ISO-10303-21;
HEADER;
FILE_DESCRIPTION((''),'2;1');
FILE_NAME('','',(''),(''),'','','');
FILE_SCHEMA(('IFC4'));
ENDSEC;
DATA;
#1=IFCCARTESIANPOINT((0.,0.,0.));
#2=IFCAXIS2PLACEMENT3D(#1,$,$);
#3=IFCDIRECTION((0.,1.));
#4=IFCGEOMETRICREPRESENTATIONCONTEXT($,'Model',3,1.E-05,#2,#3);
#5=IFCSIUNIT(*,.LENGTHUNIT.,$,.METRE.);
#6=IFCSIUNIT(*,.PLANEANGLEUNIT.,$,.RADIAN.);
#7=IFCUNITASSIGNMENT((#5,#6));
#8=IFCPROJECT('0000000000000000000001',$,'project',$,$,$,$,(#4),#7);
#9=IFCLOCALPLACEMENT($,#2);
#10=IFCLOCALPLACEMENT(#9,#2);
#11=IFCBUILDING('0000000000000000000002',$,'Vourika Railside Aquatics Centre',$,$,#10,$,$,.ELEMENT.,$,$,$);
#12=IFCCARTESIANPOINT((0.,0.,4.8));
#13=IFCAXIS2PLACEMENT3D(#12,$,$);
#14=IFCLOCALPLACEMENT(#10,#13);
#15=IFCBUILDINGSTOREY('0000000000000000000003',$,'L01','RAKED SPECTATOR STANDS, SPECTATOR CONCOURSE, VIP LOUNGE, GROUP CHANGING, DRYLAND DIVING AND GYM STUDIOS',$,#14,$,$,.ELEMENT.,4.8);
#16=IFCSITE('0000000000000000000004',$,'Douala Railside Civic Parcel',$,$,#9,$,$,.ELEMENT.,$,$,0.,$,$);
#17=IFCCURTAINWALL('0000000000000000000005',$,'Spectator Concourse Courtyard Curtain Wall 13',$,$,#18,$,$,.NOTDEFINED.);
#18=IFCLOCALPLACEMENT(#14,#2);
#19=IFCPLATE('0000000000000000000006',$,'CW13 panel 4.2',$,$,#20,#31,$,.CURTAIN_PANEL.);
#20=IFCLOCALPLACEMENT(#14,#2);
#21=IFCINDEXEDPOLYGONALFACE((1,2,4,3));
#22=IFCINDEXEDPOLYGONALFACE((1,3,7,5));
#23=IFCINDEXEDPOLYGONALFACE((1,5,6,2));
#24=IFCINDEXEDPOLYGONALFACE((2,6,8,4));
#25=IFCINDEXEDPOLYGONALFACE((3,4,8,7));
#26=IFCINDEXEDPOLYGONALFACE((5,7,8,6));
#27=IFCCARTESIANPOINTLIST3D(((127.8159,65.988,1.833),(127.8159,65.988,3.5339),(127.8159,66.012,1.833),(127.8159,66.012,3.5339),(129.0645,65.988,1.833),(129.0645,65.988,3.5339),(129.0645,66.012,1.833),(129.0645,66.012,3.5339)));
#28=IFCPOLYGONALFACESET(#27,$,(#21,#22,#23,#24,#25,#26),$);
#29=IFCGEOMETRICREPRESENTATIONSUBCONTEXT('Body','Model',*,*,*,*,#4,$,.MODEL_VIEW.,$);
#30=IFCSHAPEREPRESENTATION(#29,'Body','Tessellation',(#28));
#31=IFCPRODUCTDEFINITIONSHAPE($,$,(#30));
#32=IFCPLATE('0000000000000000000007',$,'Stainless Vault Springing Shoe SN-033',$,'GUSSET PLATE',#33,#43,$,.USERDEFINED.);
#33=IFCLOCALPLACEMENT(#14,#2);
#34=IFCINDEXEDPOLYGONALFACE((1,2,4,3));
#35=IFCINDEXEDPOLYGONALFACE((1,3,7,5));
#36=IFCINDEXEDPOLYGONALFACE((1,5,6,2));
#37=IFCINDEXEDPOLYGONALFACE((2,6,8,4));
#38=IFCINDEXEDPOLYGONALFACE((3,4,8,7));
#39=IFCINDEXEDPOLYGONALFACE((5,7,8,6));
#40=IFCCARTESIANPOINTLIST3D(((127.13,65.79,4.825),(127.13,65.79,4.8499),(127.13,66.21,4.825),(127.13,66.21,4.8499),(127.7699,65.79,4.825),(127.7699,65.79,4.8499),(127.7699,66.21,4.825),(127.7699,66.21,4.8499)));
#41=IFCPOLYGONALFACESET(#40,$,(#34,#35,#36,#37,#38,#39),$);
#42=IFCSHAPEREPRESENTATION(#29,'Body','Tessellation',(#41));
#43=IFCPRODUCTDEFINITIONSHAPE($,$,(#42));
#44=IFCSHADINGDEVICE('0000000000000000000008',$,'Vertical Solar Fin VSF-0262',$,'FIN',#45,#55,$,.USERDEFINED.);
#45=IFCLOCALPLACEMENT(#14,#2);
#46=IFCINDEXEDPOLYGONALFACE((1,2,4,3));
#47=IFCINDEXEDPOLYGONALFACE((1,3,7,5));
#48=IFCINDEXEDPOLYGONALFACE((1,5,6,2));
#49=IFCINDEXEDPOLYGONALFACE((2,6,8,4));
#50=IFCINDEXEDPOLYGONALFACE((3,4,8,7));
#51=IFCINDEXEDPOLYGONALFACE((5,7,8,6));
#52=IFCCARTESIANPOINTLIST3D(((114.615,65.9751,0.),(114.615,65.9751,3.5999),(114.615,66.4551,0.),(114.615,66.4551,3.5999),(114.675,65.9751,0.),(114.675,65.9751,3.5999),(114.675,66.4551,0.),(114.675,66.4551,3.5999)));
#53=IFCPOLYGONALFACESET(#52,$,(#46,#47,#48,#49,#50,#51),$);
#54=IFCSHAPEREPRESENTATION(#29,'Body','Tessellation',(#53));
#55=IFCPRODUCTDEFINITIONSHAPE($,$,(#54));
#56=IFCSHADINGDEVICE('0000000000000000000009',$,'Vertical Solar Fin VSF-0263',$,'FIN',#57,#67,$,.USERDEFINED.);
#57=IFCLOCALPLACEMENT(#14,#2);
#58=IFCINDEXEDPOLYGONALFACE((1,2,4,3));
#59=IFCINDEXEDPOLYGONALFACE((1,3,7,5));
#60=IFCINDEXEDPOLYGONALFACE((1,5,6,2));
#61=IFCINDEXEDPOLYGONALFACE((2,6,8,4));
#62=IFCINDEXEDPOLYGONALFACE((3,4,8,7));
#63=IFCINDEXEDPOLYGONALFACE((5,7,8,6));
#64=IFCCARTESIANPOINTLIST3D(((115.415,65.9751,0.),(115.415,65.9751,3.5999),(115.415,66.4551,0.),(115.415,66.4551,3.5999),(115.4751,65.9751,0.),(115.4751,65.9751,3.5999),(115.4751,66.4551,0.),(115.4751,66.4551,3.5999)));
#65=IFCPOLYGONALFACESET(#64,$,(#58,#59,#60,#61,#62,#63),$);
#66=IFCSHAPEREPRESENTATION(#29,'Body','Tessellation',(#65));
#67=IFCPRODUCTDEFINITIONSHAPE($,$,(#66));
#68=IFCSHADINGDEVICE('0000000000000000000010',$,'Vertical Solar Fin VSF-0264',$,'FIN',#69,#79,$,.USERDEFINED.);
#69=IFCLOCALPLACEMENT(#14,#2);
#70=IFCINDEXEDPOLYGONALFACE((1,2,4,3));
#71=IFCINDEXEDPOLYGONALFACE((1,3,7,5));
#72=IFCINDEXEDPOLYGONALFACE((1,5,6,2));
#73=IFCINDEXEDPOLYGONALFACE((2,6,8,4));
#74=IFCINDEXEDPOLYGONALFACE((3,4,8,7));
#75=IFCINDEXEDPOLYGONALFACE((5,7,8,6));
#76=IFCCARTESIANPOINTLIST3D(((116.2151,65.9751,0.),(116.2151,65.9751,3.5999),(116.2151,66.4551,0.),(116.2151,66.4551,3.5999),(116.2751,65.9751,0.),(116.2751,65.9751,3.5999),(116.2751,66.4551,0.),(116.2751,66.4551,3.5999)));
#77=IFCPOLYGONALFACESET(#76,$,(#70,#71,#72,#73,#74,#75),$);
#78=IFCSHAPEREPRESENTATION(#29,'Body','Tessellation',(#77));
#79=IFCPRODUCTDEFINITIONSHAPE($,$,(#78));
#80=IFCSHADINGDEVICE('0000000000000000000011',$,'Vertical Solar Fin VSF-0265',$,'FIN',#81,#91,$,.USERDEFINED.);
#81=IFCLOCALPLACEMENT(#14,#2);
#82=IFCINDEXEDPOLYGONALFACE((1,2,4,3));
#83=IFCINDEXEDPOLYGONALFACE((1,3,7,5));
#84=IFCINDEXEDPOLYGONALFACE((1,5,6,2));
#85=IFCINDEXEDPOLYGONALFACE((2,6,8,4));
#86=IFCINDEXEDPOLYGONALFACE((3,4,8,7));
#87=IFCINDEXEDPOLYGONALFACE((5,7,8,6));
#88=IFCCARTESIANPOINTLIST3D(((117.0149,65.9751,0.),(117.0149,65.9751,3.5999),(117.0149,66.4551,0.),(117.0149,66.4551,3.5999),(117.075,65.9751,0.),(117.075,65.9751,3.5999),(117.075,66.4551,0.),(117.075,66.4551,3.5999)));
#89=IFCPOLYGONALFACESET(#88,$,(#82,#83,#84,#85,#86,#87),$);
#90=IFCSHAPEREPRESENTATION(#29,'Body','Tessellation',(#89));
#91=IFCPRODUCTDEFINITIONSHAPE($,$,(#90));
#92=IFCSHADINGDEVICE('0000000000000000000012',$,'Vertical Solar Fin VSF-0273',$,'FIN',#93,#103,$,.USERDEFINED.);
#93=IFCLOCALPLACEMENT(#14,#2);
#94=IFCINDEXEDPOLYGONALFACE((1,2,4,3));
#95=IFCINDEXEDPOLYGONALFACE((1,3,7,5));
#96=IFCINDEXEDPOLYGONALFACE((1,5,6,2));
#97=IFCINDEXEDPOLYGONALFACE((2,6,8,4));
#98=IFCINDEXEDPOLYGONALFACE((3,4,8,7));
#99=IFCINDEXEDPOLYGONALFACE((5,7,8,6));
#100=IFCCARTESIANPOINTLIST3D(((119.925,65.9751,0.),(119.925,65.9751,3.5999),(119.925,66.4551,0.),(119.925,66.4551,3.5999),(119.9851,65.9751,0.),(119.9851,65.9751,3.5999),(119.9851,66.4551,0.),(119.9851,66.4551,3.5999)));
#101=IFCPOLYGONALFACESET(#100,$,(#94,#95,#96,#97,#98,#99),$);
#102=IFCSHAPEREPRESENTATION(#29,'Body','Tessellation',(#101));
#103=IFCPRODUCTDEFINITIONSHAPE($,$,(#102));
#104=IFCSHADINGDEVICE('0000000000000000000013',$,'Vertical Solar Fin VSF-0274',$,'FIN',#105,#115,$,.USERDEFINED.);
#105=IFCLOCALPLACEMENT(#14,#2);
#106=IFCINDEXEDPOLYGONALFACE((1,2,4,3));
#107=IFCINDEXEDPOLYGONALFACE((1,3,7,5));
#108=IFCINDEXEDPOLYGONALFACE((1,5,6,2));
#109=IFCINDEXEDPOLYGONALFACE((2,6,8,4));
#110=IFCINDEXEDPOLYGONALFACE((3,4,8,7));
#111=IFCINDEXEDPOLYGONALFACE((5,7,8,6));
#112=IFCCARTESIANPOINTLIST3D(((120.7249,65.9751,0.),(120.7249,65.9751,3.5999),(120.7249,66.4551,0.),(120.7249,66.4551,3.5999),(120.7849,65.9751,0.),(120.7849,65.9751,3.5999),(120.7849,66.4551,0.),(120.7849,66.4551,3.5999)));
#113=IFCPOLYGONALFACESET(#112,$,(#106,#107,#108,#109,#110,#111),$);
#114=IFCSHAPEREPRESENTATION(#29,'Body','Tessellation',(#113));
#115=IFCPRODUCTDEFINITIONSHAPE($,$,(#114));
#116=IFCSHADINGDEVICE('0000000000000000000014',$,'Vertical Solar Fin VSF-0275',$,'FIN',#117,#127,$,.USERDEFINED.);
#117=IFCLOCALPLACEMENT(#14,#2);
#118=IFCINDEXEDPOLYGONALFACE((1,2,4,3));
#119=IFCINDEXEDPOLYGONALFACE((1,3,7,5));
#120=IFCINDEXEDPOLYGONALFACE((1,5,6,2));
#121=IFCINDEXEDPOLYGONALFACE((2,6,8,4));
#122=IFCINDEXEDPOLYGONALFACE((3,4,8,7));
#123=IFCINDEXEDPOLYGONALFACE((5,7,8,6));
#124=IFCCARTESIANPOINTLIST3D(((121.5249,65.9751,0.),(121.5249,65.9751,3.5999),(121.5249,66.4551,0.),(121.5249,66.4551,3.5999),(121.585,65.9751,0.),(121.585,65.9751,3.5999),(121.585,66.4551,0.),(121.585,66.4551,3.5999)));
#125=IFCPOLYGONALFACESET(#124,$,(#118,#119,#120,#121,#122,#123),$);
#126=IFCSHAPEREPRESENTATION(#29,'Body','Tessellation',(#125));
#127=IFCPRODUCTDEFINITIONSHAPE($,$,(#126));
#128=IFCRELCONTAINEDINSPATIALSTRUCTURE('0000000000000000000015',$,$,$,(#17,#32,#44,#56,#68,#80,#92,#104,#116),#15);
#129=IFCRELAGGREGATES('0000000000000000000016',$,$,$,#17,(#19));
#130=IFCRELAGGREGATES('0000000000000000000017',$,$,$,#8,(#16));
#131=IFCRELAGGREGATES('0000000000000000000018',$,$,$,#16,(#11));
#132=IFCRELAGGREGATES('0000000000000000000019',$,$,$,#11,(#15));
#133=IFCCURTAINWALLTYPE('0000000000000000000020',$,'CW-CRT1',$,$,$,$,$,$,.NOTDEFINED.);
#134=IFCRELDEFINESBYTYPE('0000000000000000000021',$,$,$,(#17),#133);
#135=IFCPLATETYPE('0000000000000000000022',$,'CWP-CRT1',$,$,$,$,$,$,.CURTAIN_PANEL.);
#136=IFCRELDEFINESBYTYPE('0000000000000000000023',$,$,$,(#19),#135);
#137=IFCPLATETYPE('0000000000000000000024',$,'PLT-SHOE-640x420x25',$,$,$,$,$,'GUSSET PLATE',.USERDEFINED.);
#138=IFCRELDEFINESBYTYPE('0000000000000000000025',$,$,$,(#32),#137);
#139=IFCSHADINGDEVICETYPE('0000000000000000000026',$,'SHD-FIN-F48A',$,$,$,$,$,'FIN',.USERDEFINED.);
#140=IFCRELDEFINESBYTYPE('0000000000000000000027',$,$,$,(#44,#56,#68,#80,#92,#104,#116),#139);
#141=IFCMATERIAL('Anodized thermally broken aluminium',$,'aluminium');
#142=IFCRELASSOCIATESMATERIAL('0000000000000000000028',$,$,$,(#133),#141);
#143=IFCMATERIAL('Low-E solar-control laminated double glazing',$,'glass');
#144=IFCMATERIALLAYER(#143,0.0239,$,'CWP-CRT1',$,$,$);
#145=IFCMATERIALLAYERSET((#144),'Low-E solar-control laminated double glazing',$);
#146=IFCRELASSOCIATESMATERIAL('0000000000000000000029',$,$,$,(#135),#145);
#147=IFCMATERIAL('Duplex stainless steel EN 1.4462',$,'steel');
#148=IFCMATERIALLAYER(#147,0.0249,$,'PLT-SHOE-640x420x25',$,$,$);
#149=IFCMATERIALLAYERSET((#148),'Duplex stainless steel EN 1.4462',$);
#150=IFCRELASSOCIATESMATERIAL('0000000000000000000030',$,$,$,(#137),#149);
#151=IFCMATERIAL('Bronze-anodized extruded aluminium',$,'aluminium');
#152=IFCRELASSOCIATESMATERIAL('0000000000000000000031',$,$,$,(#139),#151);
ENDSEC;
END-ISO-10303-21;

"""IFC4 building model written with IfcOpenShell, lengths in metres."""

from ifc_helpers import new_model, si_unit, direction, frame, origin, origin_2d, place, context, subcontext, project, spatial, rectangle, extrude, material, layer, layer_set, material_profile, profile_set, type_object, element, aggregate, save


model = new_model("IFC4")

# Units and contexts
model_context = context("Model", 3, precision=1e-05, world=origin(), true_north=direction((0.0, 1.0)))
body_context = subcontext(model_context, "Body", "Model", "MODEL_VIEW")
ifc_project = project(units=[si_unit("LENGTHUNIT", "METRE"), si_unit("PLANEANGLEUNIT", "RADIAN")], contexts=[model_context])

# Site, building, storey
site_placement = place(None, origin())
site = spatial("IfcSite", under=ifc_project, at=site_placement, Name="Douala Railside Civic Parcel", CompositionType="ELEMENT", RefElevation=0.0)
building_placement = place(site_placement, origin())
building = spatial("IfcBuilding", under=site, at=building_placement, Name="Vourika Railside Aquatics Centre", CompositionType="ELEMENT")
storey_placement = place(building_placement, frame((0.0, 0.0, 4.8)))
storey = spatial("IfcBuildingStorey", under=building, at=storey_placement, Name="L01", Description="RAKED SPECTATOR STANDS, SPECTATOR CONCOURSE, VIP LOUNGE, GROUP CHANGING, DRYLAND DIVING AND GYM STUDIOS", CompositionType="ELEMENT", Elevation=4.8)

# Curtain wall, plate
ifc_material_1 = material(Name="Anodized thermally broken aluminium", Category="aluminium")
curtain_wall_type = type_object("IfcCurtainWallType", Name="CW-CRT1", PredefinedType="NOTDEFINED", material=ifc_material_1)
curtain_wall_placement = place(storey_placement, origin())
curtain_wall = element("IfcCurtainWall", 1, at=curtain_wall_placement, inside=storey, type_object=curtain_wall_type, Name="Spectator Concourse Courtyard Curtain Wall 13", PredefinedType="NOTDEFINED")
ifc_material_2 = material(Name="Low-E solar-control laminated double glazing", Category="glass")
ifc_layer_1 = layer(ifc_material_2, 0.0239, Name="CWP-CRT1")
ifc_layer_set_1 = layer_set([ifc_layer_1], Name="Low-E solar-control laminated double glazing")
plate_type_1 = type_object("IfcPlateType", Name="CWP-CRT1", PredefinedType="CURTAIN_PANEL", material=ifc_layer_set_1)
plate_1_placement = place(storey_placement, frame((128.4402, 66.0, 1.833), z_axis=(0.0, 0.0, 1.0), x_axis=(-1.0, 0.0, 0.0)))
plate_1 = element("IfcPlate", 2, at=plate_1_placement, type_object=plate_type_1, Name="CW13 panel 4.2", PredefinedType="CURTAIN_PANEL", context=body_context, shape_type="SweptSolid", body=[
    extrude(rectangle(XDim=1.2485, YDim=0.0239, at=origin_2d()), origin(), (0.0, 0.0, 1.0), 1.7009),
])
aggregate(curtain_wall, [plate_1])

# Plate
ifc_material_3 = material(Name="Duplex stainless steel EN 1.4462", Category="steel")
ifc_layer_2 = layer(ifc_material_3, 0.0249, Name="PLT-SHOE-640x420x25")
ifc_layer_set_2 = layer_set([ifc_layer_2], Name="Duplex stainless steel EN 1.4462")
plate_type_2 = type_object("IfcPlateType", Name="PLT-SHOE-640x420x25", ElementType="GUSSET PLATE", PredefinedType="USERDEFINED", material=ifc_layer_set_2)
plate_2_placement = place(storey_placement, frame((127.45, 66.0, 4.825), z_axis=(0.0, 0.0, 1.0), x_axis=(1.0, 0.0, 0.0)))
element("IfcPlate", 3, at=plate_2_placement, inside=storey, type_object=plate_type_2, Name="Stainless Vault Springing Shoe SN-033", ObjectType="GUSSET PLATE", PredefinedType="USERDEFINED", context=body_context, shape_type="SweptSolid", body=[
    extrude(rectangle(XDim=0.6399, YDim=0.4199, at=origin_2d()), origin(), (0.0, 0.0, 1.0), 0.0249),
])

# Shading devices
ifc_material_4 = material(Name="Bronze-anodized extruded aluminium", Category="aluminium")
ifc_material_profile_1 = material_profile(ifc_material_4, rectangle(XDim=0.0601, YDim=0.48, at=origin_2d()), Name="ALU-FIN 60x480")
ifc_profile_set_1 = profile_set([ifc_material_profile_1], Name="Bronze-anodized extruded aluminium")
shading_device_type = type_object("IfcShadingDeviceType", Name="SHD-FIN-F48A", ElementType="FIN", PredefinedType="USERDEFINED", material=ifc_profile_set_1)
for number, where, z_axis, x_axis, name in (
    (4, (114.645, 66.2151, 0.0), (0.0, 0.0, 1.0), (1.0, 0.0, 0.0), "Vertical Solar Fin VSF-0262"),
    (5, (115.4451, 66.2151, 0.0), (0.0, 0.0, 1.0), (1.0, 0.0, 0.0), "Vertical Solar Fin VSF-0263"),
    (6, (116.2451, 66.2151, 0.0), (0.0, 0.0, 1.0), (1.0, 0.0, 0.0), "Vertical Solar Fin VSF-0264"),
    (7, (117.0449, 66.2151, 0.0), (0.0, 0.0, 1.0), (1.0, 0.0, 0.0), "Vertical Solar Fin VSF-0265"),
    (8, (119.9551, 66.2151, 0.0), (0.0, 0.0, 1.0), (1.0, 0.0, 0.0), "Vertical Solar Fin VSF-0273"),
    (9, (120.7549, 66.2151, 0.0), (0.0, 0.0, 1.0), (1.0, 0.0, 0.0), "Vertical Solar Fin VSF-0274"),
    (10, (121.5549, 66.2151, 0.0), (0.0, 0.0, 1.0), (1.0, 0.0, 0.0), "Vertical Solar Fin VSF-0275"),
):
    element("IfcShadingDevice", number, at=place(storey_placement, frame(where, z_axis=z_axis, x_axis=x_axis)), inside=storey, type_object=shading_device_type, Name=name, ObjectType="FIN", PredefinedType="USERDEFINED", context=body_context, shape_type="SweptSolid", body=[
        extrude(rectangle(XDim=0.0601, YDim=0.48, at=origin_2d()), origin(), (0.0, 0.0, 1.0), 3.5999),
    ])

save(model, "model.ifc")
